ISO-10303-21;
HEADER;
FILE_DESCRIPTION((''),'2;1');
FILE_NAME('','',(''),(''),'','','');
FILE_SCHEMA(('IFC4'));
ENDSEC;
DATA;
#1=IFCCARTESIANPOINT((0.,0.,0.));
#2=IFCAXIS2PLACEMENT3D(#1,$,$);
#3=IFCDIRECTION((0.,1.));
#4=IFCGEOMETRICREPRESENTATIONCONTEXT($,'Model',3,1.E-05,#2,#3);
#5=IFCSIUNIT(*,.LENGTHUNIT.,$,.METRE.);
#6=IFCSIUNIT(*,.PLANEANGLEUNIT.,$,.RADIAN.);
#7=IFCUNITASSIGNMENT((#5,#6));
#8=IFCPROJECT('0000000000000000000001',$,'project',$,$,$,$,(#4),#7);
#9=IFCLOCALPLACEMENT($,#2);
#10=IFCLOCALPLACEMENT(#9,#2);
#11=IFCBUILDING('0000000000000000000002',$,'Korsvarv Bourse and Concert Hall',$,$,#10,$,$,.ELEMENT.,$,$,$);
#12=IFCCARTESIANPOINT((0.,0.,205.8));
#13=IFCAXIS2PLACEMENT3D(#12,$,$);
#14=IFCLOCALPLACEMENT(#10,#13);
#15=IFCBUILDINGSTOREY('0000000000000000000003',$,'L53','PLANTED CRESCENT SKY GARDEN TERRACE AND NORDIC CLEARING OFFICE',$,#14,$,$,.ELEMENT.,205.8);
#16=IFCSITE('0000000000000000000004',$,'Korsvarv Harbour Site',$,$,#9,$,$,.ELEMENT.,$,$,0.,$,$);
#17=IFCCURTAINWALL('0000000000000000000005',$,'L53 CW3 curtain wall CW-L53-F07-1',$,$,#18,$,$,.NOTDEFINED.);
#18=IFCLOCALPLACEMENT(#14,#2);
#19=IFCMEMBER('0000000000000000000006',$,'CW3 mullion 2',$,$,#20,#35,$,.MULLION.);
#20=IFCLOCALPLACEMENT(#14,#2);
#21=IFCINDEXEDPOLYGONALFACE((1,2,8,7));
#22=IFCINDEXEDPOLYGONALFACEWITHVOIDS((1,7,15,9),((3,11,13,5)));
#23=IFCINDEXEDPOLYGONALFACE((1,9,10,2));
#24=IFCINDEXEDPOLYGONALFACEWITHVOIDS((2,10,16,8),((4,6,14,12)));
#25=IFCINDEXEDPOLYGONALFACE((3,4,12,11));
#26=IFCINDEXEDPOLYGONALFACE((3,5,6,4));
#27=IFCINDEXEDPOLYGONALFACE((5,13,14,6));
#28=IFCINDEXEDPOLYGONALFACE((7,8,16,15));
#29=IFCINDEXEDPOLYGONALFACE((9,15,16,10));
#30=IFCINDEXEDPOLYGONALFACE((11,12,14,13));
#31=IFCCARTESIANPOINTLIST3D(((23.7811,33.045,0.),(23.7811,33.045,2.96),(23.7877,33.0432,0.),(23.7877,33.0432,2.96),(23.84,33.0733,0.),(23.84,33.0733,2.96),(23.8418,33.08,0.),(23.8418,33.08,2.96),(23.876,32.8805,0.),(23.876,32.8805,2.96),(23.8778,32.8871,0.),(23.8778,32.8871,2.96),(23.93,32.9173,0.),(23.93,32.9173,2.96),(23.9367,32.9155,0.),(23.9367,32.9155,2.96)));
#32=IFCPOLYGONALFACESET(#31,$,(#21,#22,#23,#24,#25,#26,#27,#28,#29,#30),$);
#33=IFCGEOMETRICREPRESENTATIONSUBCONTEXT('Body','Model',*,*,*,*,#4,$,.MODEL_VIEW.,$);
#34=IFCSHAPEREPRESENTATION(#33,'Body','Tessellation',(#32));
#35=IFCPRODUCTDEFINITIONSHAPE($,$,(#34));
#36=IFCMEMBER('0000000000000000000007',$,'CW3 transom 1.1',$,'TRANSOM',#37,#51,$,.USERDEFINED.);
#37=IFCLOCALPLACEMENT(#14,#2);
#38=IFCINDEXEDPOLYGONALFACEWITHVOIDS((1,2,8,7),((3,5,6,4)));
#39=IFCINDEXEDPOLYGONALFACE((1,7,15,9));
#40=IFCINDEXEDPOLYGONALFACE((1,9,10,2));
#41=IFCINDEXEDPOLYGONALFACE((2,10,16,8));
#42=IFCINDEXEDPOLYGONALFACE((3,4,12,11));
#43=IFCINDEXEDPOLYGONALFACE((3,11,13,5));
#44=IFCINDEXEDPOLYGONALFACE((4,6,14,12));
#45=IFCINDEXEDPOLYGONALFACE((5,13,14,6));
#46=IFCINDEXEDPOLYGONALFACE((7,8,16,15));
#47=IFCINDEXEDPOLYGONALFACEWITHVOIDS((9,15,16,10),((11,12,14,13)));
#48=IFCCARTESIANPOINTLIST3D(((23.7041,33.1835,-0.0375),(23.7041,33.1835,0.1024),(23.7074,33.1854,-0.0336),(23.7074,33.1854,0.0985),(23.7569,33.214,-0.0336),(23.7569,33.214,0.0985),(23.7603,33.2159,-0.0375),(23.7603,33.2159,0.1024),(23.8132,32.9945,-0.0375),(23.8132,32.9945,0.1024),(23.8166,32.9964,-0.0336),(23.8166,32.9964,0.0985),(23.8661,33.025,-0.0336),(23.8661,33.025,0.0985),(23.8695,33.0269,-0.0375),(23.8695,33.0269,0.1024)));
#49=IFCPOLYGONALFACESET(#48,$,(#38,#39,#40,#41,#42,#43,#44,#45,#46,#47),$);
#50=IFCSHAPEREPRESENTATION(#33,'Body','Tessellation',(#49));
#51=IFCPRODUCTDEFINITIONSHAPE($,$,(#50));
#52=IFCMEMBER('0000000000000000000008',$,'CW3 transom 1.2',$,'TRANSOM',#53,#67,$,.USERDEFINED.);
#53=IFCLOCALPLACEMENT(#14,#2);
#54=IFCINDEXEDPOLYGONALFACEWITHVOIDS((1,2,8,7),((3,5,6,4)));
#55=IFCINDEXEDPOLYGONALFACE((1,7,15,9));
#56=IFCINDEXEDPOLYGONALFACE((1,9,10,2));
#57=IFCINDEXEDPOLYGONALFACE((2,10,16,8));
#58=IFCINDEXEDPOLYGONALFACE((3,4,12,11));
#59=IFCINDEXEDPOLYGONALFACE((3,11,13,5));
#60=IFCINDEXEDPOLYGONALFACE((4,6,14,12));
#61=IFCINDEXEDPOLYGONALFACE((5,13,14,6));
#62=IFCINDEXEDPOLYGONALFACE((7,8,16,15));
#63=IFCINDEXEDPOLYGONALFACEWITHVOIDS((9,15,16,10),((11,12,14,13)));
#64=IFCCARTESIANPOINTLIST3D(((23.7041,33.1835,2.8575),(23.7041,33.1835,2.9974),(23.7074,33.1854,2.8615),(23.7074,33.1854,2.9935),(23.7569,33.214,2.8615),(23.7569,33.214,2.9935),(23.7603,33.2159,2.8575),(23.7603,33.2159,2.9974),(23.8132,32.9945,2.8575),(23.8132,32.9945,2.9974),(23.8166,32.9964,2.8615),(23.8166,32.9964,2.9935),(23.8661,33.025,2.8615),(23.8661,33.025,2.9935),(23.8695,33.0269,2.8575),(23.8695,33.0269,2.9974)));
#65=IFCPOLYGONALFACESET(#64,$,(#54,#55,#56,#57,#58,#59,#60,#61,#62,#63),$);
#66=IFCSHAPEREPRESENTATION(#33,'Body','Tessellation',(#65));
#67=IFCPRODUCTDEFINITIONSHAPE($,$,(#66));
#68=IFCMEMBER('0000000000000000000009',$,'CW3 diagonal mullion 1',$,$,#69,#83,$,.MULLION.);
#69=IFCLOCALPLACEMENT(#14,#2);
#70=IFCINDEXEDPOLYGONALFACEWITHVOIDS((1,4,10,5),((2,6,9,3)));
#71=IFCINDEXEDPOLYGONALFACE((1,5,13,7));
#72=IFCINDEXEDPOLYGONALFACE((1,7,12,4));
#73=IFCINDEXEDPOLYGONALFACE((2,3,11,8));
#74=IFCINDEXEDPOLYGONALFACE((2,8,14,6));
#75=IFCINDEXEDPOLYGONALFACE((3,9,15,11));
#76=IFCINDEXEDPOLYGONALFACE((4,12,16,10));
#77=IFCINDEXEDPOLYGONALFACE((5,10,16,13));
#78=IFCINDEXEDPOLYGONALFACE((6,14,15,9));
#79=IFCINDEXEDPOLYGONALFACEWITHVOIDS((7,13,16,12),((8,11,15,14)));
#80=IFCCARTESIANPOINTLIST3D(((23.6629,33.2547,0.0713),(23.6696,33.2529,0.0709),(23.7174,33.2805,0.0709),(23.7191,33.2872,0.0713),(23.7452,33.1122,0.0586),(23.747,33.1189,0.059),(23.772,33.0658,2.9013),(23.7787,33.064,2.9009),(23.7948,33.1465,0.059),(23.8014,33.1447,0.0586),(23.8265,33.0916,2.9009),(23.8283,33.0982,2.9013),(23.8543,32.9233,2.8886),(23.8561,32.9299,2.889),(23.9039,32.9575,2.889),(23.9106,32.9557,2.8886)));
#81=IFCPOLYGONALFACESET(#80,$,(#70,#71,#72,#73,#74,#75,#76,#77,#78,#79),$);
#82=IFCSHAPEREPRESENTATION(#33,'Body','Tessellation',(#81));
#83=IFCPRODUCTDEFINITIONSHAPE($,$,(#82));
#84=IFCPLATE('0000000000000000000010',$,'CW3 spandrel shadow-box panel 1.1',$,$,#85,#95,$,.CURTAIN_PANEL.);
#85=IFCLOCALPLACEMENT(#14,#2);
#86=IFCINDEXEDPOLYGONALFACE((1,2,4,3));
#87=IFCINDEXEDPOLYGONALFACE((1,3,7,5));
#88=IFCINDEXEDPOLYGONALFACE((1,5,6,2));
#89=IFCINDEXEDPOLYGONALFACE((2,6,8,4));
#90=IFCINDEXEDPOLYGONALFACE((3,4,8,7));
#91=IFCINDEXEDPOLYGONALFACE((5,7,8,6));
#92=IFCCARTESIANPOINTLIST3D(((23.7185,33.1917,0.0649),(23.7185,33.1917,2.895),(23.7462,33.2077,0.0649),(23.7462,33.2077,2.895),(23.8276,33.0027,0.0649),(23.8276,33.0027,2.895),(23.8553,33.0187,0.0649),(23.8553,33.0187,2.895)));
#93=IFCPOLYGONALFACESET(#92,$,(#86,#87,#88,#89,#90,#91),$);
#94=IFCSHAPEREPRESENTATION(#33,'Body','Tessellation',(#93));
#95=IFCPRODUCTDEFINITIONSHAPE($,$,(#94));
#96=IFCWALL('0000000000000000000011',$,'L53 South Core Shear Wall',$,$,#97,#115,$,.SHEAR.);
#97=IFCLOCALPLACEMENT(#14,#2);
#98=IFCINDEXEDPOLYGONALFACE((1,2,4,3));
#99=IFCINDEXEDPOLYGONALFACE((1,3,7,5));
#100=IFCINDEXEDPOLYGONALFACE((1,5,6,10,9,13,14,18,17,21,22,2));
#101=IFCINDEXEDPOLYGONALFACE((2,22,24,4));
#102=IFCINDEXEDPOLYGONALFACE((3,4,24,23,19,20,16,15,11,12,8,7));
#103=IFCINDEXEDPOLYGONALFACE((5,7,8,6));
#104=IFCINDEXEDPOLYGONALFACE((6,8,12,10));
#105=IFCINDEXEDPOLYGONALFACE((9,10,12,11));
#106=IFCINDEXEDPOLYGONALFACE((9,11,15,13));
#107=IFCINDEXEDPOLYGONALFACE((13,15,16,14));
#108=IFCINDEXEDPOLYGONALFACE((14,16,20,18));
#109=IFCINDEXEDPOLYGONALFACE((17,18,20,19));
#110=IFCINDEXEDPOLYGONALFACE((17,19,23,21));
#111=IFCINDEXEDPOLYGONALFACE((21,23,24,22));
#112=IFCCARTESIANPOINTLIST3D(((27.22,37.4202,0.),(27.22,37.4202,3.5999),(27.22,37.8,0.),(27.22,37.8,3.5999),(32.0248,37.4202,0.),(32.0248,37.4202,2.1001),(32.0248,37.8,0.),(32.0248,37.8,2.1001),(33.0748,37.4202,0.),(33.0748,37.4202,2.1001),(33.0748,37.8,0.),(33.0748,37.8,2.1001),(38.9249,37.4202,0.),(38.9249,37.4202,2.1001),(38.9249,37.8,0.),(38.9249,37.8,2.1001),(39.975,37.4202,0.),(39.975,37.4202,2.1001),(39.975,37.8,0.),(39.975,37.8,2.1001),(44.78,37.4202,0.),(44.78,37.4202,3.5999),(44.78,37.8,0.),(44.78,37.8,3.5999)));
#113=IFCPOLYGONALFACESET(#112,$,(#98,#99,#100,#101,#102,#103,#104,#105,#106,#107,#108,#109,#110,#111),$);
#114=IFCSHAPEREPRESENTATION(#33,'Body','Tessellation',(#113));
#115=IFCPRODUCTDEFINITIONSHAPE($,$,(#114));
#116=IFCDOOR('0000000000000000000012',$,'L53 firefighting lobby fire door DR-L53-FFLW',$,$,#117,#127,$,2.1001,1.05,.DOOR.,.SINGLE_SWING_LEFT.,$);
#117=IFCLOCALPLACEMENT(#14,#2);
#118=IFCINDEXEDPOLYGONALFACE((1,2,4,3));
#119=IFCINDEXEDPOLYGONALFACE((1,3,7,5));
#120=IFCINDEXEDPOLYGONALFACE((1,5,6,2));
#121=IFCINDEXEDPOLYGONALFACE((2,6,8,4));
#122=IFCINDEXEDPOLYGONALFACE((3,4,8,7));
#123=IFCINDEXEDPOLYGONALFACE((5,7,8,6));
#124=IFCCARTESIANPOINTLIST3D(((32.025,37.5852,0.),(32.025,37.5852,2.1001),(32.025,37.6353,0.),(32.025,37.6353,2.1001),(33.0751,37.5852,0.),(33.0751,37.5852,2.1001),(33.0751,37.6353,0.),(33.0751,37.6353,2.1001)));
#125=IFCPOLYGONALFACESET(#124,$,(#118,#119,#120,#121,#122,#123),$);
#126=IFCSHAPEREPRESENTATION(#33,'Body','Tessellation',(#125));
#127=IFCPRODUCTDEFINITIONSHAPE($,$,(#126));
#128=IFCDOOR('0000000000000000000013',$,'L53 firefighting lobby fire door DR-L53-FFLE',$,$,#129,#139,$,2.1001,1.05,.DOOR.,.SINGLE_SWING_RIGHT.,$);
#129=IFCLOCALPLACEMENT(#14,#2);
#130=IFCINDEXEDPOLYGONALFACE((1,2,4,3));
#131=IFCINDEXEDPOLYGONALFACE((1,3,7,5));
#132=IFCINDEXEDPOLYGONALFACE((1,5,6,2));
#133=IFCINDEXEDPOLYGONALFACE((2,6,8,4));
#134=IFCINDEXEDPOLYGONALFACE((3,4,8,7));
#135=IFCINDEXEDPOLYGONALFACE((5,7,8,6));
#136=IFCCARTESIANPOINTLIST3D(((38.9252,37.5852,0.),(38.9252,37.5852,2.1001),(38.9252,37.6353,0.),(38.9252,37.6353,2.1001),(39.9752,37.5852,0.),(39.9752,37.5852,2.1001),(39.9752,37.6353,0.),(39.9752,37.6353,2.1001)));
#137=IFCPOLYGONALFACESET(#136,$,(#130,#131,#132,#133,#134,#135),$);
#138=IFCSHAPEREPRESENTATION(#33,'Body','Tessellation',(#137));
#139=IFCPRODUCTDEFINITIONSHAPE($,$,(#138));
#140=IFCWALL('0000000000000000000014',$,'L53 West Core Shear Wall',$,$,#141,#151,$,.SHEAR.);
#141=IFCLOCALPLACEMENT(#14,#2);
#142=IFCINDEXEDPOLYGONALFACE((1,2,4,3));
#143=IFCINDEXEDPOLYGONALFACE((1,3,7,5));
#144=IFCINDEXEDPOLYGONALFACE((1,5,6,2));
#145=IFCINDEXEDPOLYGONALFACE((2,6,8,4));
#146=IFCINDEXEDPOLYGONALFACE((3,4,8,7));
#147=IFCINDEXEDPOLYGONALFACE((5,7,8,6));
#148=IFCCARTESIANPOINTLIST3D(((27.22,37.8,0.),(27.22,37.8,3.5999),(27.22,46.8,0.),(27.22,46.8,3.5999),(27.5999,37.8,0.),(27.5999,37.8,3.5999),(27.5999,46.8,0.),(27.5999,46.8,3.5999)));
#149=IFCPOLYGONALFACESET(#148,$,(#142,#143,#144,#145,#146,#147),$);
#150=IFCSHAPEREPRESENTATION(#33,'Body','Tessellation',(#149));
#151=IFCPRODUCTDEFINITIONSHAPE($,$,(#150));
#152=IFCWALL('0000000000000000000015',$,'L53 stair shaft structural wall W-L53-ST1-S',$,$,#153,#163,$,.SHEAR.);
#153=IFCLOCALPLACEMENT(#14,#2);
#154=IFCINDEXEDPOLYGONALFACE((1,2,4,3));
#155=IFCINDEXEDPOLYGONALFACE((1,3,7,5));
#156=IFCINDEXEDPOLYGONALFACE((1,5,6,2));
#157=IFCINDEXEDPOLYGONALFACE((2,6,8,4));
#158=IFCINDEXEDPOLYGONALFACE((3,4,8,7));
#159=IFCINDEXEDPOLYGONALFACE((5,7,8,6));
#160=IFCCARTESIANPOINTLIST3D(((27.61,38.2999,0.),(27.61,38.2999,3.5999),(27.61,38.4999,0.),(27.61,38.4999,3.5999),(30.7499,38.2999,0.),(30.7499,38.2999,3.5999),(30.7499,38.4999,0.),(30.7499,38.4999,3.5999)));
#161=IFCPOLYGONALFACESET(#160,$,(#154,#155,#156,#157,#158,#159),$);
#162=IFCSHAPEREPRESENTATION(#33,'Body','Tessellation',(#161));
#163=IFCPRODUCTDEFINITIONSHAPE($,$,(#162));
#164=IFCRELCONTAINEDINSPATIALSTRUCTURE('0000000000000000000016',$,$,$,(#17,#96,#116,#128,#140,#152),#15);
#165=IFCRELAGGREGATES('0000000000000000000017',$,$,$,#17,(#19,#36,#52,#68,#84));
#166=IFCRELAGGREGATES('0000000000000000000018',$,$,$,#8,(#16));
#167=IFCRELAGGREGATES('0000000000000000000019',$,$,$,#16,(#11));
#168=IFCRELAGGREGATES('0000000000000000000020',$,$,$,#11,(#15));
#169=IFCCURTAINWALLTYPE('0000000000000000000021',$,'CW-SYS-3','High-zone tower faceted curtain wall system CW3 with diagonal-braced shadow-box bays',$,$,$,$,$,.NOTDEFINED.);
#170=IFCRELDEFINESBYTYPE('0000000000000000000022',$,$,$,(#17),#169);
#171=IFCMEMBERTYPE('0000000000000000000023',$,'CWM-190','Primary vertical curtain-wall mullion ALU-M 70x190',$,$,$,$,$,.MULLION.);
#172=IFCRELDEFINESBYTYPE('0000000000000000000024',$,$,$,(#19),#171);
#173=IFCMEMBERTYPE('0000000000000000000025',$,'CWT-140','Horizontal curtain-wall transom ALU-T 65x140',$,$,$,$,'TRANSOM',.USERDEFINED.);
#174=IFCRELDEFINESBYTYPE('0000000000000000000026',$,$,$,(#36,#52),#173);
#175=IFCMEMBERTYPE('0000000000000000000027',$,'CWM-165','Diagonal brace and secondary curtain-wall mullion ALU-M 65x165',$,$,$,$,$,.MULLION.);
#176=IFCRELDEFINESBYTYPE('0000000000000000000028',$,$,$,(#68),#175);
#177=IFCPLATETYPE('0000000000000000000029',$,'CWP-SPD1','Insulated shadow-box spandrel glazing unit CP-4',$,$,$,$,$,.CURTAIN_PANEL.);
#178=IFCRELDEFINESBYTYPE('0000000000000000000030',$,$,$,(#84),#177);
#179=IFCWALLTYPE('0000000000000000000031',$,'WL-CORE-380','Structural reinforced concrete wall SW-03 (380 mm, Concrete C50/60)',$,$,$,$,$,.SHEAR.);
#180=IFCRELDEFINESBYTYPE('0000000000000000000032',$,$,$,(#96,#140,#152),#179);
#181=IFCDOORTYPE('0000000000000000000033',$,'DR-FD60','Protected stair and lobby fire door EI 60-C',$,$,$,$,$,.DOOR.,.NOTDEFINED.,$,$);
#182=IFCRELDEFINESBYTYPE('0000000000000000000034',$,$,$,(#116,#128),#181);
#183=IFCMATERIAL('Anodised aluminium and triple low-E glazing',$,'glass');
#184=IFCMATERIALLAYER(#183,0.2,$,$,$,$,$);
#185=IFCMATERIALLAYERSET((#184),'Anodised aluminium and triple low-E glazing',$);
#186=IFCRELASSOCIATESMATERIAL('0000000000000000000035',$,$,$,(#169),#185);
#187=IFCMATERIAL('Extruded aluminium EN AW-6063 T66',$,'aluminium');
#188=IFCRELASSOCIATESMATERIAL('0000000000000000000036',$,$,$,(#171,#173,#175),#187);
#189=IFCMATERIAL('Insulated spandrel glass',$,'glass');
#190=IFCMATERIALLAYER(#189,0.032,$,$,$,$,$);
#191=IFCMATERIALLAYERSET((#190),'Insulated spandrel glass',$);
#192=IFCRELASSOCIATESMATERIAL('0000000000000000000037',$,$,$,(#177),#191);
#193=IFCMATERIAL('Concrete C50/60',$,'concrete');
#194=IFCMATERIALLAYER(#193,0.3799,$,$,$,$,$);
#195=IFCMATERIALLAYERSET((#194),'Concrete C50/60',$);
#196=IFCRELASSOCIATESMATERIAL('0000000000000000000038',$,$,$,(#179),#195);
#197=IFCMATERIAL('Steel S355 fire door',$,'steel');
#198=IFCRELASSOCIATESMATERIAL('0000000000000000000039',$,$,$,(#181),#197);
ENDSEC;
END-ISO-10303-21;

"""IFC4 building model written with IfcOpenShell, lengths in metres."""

from ifc_helpers import new_model, si_unit, direction, frame, frame_2d, origin, origin_2d, place, context, subcontext, project, spatial, rectangle, hollow_rectangle, extrude, source, transform, mapped, material, layer, layer_set, material_profile, profile_set, type_object, element, fill, aggregate, save


model = new_model("IFC4")

# Units and contexts
model_context = context("Model", 3, precision=1e-05, world=origin(), true_north=direction((0.0, 1.0)))
body_context = subcontext(model_context, "Body", "Model", "MODEL_VIEW")
ifc_project = project(units=[si_unit("LENGTHUNIT", "METRE"), si_unit("PLANEANGLEUNIT", "RADIAN")], contexts=[model_context])

# Site, building, storey
site_placement = place(None, origin())
site = spatial("IfcSite", under=ifc_project, at=site_placement, Name="Korsvarv Harbour Site", CompositionType="ELEMENT", RefElevation=0.0)
building_placement = place(site_placement, origin())
building = spatial("IfcBuilding", under=site, at=building_placement, Name="Korsvarv Bourse and Concert Hall", CompositionType="ELEMENT")
storey_placement = place(building_placement, frame((0.0, 0.0, 205.8)))
storey = spatial("IfcBuildingStorey", under=building, at=storey_placement, Name="L53", Description="PLANTED CRESCENT SKY GARDEN TERRACE AND NORDIC CLEARING OFFICE", CompositionType="ELEMENT", Elevation=205.8)

# Curtain wall, members, plate
ifc_material_1 = material(Name="Anodised aluminium and triple low-E glazing", Category="glass")
ifc_layer_1 = layer(ifc_material_1, 0.2)
ifc_layer_set_1 = layer_set([ifc_layer_1], Name="Anodised aluminium and triple low-E glazing")
curtain_wall_type = type_object("IfcCurtainWallType", Name="CW-SYS-3", Description="High-zone tower faceted curtain wall system CW3 with diagonal-braced shadow-box bays", PredefinedType="NOTDEFINED", material=ifc_layer_set_1)
curtain_wall_placement = place(storey_placement, origin())
curtain_wall = element("IfcCurtainWall", 1, at=curtain_wall_placement, inside=storey, type_object=curtain_wall_type, Name="L53 CW3 curtain wall CW-L53-F07-1", PredefinedType="NOTDEFINED")
ifc_material_2 = material(Name="Extruded aluminium EN AW-6063 T66", Category="aluminium")
ifc_material_profile_1 = material_profile(ifc_material_2, hollow_rectangle(XDim=0.0701, YDim=0.1899, WallThickness=0.0049, at=origin_2d()), Name="ALU-M 70x190")
ifc_profile_set_1 = profile_set([ifc_material_profile_1], Name="Extruded aluminium EN AW-6063 T66")
member_type_1 = type_object("IfcMemberType", Name="CWM-190", Description="Primary vertical curtain-wall mullion ALU-M 70x190", PredefinedType="MULLION", material=ifc_profile_set_1)
shared_shape_1 = source(origin(), body_context, "Body", "SweptSolid", [
    extrude(hollow_rectangle(XDim=0.0701, YDim=0.1899, WallThickness=0.0049, at=origin_2d()), origin(), (0.0, 0.0, 1.0), 2.96),
])
member_1_placement = place(storey_placement, frame((23.8589, 32.9802, 0.0), z_axis=(0.0, 0.0, 1.0), x_axis=(0.866088, 0.499892, 0.0)))
member_1 = element("IfcMember", 2, at=member_1_placement, type_object=member_type_1, Name="CW3 mullion 2", PredefinedType="MULLION", context=body_context, shape_type="MappedRepresentation", body=[
    mapped(shared_shape_1, transform((0.0, 0.0, 0.0), scale=1.0)),
])
ifc_material_profile_2 = material_profile(ifc_material_2, hollow_rectangle(XDim=0.0649, YDim=0.1399, WallThickness=0.0039, at=origin_2d()), Name="ALU-T 65x140")
ifc_profile_set_2 = profile_set([ifc_material_profile_2], Name="Extruded aluminium EN AW-6063 T66")
member_type_2 = type_object("IfcMemberType", Name="CWT-140", Description="Horizontal curtain-wall transom ALU-T 65x140", ElementType="TRANSOM", PredefinedType="USERDEFINED", material=ifc_profile_set_2)
shared_shape_2 = source(origin(), body_context, "Body", "SweptSolid", [
    extrude(hollow_rectangle(XDim=0.0649, YDim=0.1399, WallThickness=0.0039, at=origin_2d()), origin(), (0.0, 0.0, 1.0), 0.2183),
])
member_2_placement = place(storey_placement, frame((23.7322, 33.1997, 0.0325), z_axis=(0.50011, -0.865962, 0.0), x_axis=(0.865962, 0.50011, 0.0)))
member_2 = element("IfcMember", 3, at=member_2_placement, type_object=member_type_2, Name="CW3 transom 1.1", ObjectType="TRANSOM", PredefinedType="USERDEFINED", context=body_context, shape_type="MappedRepresentation", body=[
    mapped(shared_shape_2, transform((0.0, 0.0, 0.0), scale=1.0)),
])
member_3_placement = place(storey_placement, frame((23.7322, 33.1997, 2.9275), z_axis=(0.50011, -0.865962, 0.0), x_axis=(0.865962, 0.50011, 0.0)))
member_3 = element("IfcMember", 4, at=member_3_placement, type_object=member_type_2, Name="CW3 transom 1.2", ObjectType="TRANSOM", PredefinedType="USERDEFINED", context=body_context, shape_type="MappedRepresentation", body=[
    mapped(shared_shape_2, transform((0.0, 0.0, 0.0), scale=1.0)),
])
ifc_material_profile_3 = material_profile(ifc_material_2, hollow_rectangle(XDim=0.0649, YDim=0.165, WallThickness=0.0049, at=origin_2d()), Name="ALU-M 65x165")
ifc_profile_set_3 = profile_set([ifc_material_profile_3], Name="Extruded aluminium EN AW-6063 T66")
member_type_3 = type_object("IfcMemberType", Name="CWM-165", Description="Diagonal brace and secondary curtain-wall mullion ALU-M 65x165", PredefinedType="MULLION", material=ifc_profile_set_3)
shared_shape_3 = source(origin(), body_context, "Body", "SweptSolid", [
    extrude(hollow_rectangle(XDim=0.0649, YDim=0.165, WallThickness=0.0049, at=origin_2d()), origin(), (0.0, 0.0, 1.0), 2.8384),
])
member_4_placement = place(storey_placement, frame((23.7322, 33.1997, 0.0649), z_axis=(0.038447, -0.066573, 0.997041), x_axis=(0.865962, 0.50011, 0.0)))
member_4 = element("IfcMember", 5, at=member_4_placement, type_object=member_type_3, Name="CW3 diagonal mullion 1", PredefinedType="MULLION", context=body_context, shape_type="MappedRepresentation", body=[
    mapped(shared_shape_3, transform((0.0, 0.0, 0.0), scale=1.0)),
])
ifc_material_3 = material(Name="Insulated spandrel glass", Category="glass")
ifc_layer_2 = layer(ifc_material_3, 0.032)
ifc_layer_set_2 = layer_set([ifc_layer_2], Name="Insulated spandrel glass")
plate_type = type_object("IfcPlateType", Name="CWP-SPD1", Description="Insulated shadow-box spandrel glazing unit CP-4", PredefinedType="CURTAIN_PANEL", material=ifc_layer_set_2)
shared_shape_4 = source(origin(), body_context, "Body", "SweptSolid", [
    extrude(rectangle(XDim=0.2183, YDim=0.032, at=origin_2d()), origin(), (0.0, 0.0, 1.0), 2.8301),
])
plate_placement = place(storey_placement, frame((23.7869, 33.1052, 0.0649), z_axis=(0.0, 0.0, 1.0), x_axis=(0.499892, -0.866088, 0.0)))
plate = element("IfcPlate", 6, at=plate_placement, type_object=plate_type, Name="CW3 spandrel shadow-box panel 1.1", PredefinedType="CURTAIN_PANEL", context=body_context, shape_type="MappedRepresentation", body=[
    mapped(shared_shape_4, transform((0.0, 0.0, 0.0), scale=1.0)),
])
aggregate(curtain_wall, [member_1, member_2, member_3, member_4, plate])

# Wall, openings, doors
ifc_material_4 = material(Name="Concrete C50/60", Category="concrete")
ifc_layer_3 = layer(ifc_material_4, 0.3799)
ifc_layer_set_3 = layer_set([ifc_layer_3], Name="Concrete C50/60")
wall_type_1 = type_object("IfcWallType", Name="WL-CORE-380", Description="Structural reinforced concrete wall SW-03 (380 mm, Concrete C50/60)", PredefinedType="SHEAR", material=ifc_layer_set_3)
wall_1_placement = place(storey_placement, frame((27.22, 37.6101, 0.0), z_axis=(0.0, 0.0, 1.0), x_axis=(1.0, 0.0, 0.0)))
wall_1 = element("IfcWall", 7, at=wall_1_placement, inside=storey, type_object=wall_type_1, Name="L53 South Core Shear Wall", PredefinedType="SHEAR", context=body_context, shape_type="SweptSolid", body=[
    extrude(rectangle(XDim=17.5601, YDim=0.3799, at=frame_2d((8.78, 0.0))), origin(), (0.0, 0.0, 1.0), 3.5999),
])
opening_1_placement = place(wall_1_placement, frame((4.8049, 0.0, 0.0)))
opening_1 = element("IfcOpeningElement", 8, at=opening_1_placement, cuts=wall_1, PredefinedType="OPENING", context=body_context, shape_type="SweptSolid", body=[
    extrude(rectangle(XDim=1.05, YDim=2.1001, at=frame_2d((0.5249, 1.05))), frame((0.0, 0.2, 0.0), z_axis=(0.0, -1.0, 0.0), x_axis=(1.0, 0.0, 0.0)), (0.0, 0.0, 1.0), 0.3999),
])
opening_2_placement = place(wall_1_placement, frame((11.7051, 0.0, 0.0)))
opening_2 = element("IfcOpeningElement", 9, at=opening_2_placement, cuts=wall_1, PredefinedType="OPENING", context=body_context, shape_type="SweptSolid", body=[
    extrude(rectangle(XDim=1.05, YDim=2.1001, at=frame_2d((0.5249, 1.05))), frame((0.0, 0.2, 0.0), z_axis=(0.0, -1.0, 0.0), x_axis=(1.0, 0.0, 0.0)), (0.0, 0.0, 1.0), 0.3999),
])
ifc_material_5 = material(Name="Steel S355 fire door", Category="steel")
door_type = type_object("IfcDoorType", Name="DR-FD60", Description="Protected stair and lobby fire door EI 60-C", OperationType="NOTDEFINED", PredefinedType="DOOR", material=ifc_material_5)
door_1_placement = place(opening_1_placement, frame((1.05, 0.0, 0.0), z_axis=(0.0, 0.0, 1.0), x_axis=(-1.0, 0.0, 0.0)))
door_1 = element("IfcDoor", 10, at=door_1_placement, inside=storey, type_object=door_type, Name="L53 firefighting lobby fire door DR-L53-FFLW", OperationType="SINGLE_SWING_LEFT", OverallHeight=2.1001, OverallWidth=1.05, PredefinedType="DOOR", context=body_context, shape_type="SweptSolid", body=[
    extrude(rectangle(XDim=1.05, YDim=2.1001, at=frame_2d((0.5249, 1.05))), frame((0.0, 0.0249, 0.0), z_axis=(0.0, -1.0, 0.0), x_axis=(1.0, 0.0, 0.0)), (0.0, 0.0, 1.0), 0.05),
])
fill(opening_1, door_1)
door_2_placement = place(opening_2_placement, frame((1.05, 0.0, 0.0), z_axis=(0.0, 0.0, 1.0), x_axis=(-1.0, 0.0, 0.0)))
door_2 = element("IfcDoor", 11, at=door_2_placement, inside=storey, type_object=door_type, Name="L53 firefighting lobby fire door DR-L53-FFLE", OperationType="SINGLE_SWING_RIGHT", OverallHeight=2.1001, OverallWidth=1.05, PredefinedType="DOOR", context=body_context, shape_type="SweptSolid", body=[
    extrude(rectangle(XDim=1.05, YDim=2.1001, at=frame_2d((0.5249, 1.05))), frame((0.0, 0.0249, 0.0), z_axis=(0.0, -1.0, 0.0), x_axis=(1.0, 0.0, 0.0)), (0.0, 0.0, 1.0), 0.05),
])
fill(opening_2, door_2)

# Walls
wall_2_placement = place(storey_placement, frame((27.4099, 37.8, 0.0), z_axis=(0.0, 0.0, 1.0), x_axis=(0.0, 1.0, 0.0)))
element("IfcWall", 12, at=wall_2_placement, inside=storey, type_object=wall_type_1, Name="L53 West Core Shear Wall", PredefinedType="SHEAR", context=body_context, shape_type="SweptSolid", body=[
    extrude(rectangle(XDim=9.0, YDim=0.3799, at=frame_2d((4.5, 0.0))), origin(), (0.0, 0.0, 1.0), 3.5999),
])
wall_3_placement = place(storey_placement, frame((27.6101, 38.3999, 0.0), z_axis=(0.0, 0.0, 1.0), x_axis=(1.0, 0.0, 0.0)))
element("IfcWall", 13, at=wall_3_placement, inside=storey, type_object=wall_type_1, Name="L53 stair shaft structural wall W-L53-ST1-S", PredefinedType="SHEAR", context=body_context, shape_type="SweptSolid", body=[
    extrude(rectangle(XDim=3.1399, YDim=0.2, at=frame_2d((1.5698, 0.0))), origin(), (0.0, 0.0, 1.0), 3.5999),
])

save(model, "model.ifc")
